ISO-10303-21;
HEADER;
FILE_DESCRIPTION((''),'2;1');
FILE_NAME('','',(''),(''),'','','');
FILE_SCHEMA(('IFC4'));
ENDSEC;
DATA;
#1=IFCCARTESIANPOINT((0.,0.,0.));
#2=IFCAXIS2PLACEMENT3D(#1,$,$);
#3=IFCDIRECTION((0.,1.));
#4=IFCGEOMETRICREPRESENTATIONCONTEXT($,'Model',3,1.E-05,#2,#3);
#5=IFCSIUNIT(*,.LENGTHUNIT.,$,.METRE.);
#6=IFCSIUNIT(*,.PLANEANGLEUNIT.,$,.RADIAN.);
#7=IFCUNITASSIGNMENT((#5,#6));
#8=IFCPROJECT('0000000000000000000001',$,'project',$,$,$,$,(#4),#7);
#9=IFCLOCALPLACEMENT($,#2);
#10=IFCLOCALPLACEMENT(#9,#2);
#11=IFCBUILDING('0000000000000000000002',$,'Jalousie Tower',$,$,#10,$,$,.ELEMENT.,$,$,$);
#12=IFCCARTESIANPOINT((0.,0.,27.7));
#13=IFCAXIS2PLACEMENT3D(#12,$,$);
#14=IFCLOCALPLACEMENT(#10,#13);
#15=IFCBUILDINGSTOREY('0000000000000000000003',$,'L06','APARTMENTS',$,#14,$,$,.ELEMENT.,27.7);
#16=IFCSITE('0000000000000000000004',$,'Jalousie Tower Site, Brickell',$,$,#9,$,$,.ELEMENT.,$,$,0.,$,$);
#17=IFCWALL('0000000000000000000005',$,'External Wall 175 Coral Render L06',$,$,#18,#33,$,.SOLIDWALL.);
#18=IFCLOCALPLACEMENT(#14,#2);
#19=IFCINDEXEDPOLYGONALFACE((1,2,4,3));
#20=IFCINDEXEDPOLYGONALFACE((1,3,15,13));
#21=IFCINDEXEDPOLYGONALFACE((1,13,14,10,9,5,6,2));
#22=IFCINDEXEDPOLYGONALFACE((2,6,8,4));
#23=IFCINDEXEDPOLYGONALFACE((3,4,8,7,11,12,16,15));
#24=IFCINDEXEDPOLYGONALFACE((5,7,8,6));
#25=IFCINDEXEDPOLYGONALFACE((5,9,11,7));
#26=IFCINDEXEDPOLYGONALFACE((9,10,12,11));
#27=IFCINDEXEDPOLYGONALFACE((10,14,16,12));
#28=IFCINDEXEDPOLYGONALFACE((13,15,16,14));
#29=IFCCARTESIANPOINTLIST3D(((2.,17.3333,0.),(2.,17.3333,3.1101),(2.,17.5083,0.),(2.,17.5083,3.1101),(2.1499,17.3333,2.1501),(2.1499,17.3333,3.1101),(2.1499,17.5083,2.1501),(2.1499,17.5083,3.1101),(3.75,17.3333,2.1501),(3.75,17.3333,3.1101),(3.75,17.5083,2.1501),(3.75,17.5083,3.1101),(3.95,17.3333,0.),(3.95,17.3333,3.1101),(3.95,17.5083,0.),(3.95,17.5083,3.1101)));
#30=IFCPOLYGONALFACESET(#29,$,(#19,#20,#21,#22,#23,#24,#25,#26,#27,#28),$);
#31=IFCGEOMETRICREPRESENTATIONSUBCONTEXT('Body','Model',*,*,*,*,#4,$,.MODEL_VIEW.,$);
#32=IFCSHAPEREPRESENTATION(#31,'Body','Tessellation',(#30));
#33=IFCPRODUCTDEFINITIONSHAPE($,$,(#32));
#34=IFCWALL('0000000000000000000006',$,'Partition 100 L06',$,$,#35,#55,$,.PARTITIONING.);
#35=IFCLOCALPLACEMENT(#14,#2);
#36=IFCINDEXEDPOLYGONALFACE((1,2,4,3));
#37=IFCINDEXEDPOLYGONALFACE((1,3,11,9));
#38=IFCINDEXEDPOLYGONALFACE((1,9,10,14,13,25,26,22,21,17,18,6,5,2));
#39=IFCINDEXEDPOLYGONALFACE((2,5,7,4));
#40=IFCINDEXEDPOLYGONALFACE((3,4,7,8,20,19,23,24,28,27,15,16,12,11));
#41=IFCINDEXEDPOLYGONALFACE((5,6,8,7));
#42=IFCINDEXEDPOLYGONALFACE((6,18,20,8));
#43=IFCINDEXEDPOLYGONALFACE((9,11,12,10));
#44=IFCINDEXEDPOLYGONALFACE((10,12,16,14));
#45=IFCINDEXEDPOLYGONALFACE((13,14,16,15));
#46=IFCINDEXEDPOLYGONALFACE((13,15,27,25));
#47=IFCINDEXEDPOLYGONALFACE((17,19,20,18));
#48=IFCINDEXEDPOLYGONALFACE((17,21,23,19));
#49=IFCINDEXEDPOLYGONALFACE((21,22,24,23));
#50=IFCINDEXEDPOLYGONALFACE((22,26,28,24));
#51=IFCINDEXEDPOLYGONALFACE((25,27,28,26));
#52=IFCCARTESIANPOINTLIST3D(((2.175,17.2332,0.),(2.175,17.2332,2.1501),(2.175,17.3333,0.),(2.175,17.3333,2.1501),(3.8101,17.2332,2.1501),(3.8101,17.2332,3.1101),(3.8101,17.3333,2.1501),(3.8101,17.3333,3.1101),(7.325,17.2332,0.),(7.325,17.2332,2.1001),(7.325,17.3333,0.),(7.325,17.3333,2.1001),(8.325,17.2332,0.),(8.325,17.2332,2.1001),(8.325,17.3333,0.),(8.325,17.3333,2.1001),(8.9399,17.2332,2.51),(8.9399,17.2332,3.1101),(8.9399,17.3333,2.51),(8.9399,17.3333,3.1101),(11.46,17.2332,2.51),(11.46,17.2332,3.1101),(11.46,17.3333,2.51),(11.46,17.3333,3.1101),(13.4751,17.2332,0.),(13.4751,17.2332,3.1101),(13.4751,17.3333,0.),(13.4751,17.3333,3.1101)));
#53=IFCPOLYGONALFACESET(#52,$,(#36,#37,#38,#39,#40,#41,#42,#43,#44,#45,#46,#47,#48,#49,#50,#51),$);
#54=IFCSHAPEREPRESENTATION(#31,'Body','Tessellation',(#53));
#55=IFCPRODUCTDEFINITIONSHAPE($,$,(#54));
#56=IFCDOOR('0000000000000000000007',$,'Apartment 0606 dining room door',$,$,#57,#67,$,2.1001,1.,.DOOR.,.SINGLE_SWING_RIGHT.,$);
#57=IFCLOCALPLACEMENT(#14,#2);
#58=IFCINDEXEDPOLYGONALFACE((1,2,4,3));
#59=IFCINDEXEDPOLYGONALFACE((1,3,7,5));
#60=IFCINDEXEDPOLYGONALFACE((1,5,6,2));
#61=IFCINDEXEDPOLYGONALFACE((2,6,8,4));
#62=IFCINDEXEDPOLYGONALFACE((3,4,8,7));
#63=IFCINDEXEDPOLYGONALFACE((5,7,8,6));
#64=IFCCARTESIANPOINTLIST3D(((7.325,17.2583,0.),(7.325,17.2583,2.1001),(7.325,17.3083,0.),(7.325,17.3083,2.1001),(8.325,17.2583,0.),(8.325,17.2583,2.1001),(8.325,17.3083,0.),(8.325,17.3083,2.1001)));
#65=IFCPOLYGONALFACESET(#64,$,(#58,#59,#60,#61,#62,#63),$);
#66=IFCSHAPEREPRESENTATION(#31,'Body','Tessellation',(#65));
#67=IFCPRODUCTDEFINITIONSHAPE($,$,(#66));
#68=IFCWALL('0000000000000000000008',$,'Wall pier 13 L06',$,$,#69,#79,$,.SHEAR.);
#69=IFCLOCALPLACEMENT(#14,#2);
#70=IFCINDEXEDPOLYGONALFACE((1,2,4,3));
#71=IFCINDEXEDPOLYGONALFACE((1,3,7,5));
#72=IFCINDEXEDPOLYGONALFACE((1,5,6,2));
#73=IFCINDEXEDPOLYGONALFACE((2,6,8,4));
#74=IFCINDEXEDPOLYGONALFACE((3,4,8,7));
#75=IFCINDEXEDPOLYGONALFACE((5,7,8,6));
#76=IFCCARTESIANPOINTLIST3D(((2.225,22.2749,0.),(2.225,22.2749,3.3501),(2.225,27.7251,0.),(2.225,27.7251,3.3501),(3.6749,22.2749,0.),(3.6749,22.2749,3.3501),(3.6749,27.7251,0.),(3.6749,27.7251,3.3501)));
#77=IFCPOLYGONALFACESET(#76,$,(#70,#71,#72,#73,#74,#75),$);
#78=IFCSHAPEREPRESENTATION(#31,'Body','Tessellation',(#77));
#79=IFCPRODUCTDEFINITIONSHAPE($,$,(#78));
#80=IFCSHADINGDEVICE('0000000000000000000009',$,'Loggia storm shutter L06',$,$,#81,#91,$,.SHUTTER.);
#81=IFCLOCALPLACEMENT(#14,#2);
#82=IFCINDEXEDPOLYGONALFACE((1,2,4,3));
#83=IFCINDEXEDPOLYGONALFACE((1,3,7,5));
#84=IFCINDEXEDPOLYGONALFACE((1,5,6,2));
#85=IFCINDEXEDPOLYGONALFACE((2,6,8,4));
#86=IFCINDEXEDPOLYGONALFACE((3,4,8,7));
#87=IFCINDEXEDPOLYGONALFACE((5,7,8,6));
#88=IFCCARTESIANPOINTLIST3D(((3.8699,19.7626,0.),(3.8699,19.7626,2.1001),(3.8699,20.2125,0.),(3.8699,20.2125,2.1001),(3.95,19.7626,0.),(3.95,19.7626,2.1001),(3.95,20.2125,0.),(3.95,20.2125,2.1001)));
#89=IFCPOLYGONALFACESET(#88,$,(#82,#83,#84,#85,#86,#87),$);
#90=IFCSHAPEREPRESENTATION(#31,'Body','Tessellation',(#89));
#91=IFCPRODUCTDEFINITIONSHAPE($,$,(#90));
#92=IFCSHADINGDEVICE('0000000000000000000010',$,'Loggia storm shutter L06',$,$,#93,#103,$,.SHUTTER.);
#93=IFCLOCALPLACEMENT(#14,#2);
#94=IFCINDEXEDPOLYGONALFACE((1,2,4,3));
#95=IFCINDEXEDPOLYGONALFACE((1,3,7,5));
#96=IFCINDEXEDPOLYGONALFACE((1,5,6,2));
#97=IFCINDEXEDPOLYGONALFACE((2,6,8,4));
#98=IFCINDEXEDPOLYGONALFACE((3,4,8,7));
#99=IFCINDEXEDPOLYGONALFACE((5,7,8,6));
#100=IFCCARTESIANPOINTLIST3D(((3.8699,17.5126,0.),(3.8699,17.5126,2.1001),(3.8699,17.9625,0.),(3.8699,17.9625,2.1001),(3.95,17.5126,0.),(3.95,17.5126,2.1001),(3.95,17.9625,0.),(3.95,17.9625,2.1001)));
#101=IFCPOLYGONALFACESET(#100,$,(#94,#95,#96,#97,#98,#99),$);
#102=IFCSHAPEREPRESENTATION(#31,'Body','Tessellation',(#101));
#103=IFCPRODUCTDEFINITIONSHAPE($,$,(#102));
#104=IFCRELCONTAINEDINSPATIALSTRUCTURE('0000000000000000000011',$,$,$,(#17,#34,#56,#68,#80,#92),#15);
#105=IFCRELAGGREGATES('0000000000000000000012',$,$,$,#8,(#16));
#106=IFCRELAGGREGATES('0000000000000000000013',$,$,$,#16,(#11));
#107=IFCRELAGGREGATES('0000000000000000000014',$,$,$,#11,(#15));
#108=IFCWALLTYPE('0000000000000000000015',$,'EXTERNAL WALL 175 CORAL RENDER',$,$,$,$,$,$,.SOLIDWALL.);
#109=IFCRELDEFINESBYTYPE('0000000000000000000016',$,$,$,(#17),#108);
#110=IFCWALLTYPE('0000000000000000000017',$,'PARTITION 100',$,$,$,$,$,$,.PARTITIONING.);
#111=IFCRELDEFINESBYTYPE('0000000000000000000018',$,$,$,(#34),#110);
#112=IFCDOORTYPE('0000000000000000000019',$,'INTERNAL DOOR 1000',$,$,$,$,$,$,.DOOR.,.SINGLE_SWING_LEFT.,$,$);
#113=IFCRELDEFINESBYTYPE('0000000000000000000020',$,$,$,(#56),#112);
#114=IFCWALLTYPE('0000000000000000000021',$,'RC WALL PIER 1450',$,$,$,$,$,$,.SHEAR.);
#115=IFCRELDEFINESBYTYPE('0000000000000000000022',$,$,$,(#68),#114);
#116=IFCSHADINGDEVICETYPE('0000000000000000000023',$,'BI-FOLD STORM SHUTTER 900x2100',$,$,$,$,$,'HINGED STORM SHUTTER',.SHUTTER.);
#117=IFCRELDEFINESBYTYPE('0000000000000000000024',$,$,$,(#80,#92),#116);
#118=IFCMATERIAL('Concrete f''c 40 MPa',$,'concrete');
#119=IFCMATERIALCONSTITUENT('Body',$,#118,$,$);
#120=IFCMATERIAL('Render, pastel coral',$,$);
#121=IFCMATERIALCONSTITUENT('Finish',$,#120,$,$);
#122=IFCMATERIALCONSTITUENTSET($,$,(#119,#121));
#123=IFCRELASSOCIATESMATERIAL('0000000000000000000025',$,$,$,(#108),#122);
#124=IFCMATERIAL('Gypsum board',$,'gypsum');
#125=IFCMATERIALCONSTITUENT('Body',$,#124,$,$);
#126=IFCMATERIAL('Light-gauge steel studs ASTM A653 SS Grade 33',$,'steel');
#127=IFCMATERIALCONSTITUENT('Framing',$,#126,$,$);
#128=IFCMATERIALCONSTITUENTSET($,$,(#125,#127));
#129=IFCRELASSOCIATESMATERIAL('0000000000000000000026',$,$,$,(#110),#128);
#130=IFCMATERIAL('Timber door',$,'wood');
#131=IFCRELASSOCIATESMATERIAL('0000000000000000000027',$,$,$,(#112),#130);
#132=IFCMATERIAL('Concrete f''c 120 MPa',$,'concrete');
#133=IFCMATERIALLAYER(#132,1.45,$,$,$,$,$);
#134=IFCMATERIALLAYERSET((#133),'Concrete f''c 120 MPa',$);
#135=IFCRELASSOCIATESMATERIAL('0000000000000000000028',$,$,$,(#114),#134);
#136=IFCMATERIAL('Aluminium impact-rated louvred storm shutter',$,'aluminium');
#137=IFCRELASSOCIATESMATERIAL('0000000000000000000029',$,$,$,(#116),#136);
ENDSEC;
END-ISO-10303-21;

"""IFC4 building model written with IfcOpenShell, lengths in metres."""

from ifc_helpers import new_model, si_unit, direction, frame, frame_2d, origin, origin_2d, place, context, subcontext, project, spatial, polyline, rectangle, outline, extrude, material, layer, layer_set, constituent, constituent_set, type_object, element, fill, save


model = new_model("IFC4")

# Units and contexts
model_context = context("Model", 3, precision=1e-05, world=origin(), true_north=direction((0.0, 1.0)))
body_context = subcontext(model_context, "Body", "Model", "MODEL_VIEW")
ifc_project = project(units=[si_unit("LENGTHUNIT", "METRE"), si_unit("PLANEANGLEUNIT", "RADIAN")], contexts=[model_context])

# Site, building, storey
site_placement = place(None, origin())
site = spatial("IfcSite", under=ifc_project, at=site_placement, Name="Jalousie Tower Site, Brickell", CompositionType="ELEMENT", RefElevation=0.0)
building_placement = place(site_placement, origin())
building = spatial("IfcBuilding", under=site, at=building_placement, Name="Jalousie Tower", CompositionType="ELEMENT")
storey_placement = place(building_placement, frame((0.0, 0.0, 27.7)))
storey = spatial("IfcBuildingStorey", under=building, at=storey_placement, Name="L06", Description="APARTMENTS", CompositionType="ELEMENT", Elevation=27.7)

# Shared definitions
ifc_material_1 = material(Name="Concrete f'c 40 MPa", Category="concrete")
ifc_constituent_1 = constituent(ifc_material_1, Name="Body")
ifc_material_2 = material(Name="Render, pastel coral")
ifc_constituent_2 = constituent(ifc_material_2, Name="Finish")
ifc_constituent_set_1 = constituent_set(constituents=[ifc_constituent_1, ifc_constituent_2])
wall_type_1 = type_object("IfcWallType", Name="EXTERNAL WALL 175 CORAL RENDER", PredefinedType="SOLIDWALL", material=ifc_constituent_set_1)

# Wall
for number, where, z_axis, x_axis, name in (
    (1, (2.0, 17.4209, 0.0), (0.0, 0.0, 1.0), (1.0, 0.0, 0.0), "External Wall 175 Coral Render L06"),
):
    element("IfcWall", number, at=place(storey_placement, frame(where, z_axis=z_axis, x_axis=x_axis)), inside=storey, type_object=wall_type_1, Name=name, PredefinedType="SOLIDWALL", context=body_context, shape_type="SweptSolid", body=[
        extrude(outline(polyline([(0.0, 0.0), (1.95, 0.0), (1.95, 3.1101), (1.75, 3.1101), (1.75, 2.1501), (0.1499, 2.1501), (0.1499, 3.1101), (0.0, 3.1101), (0.0, 0.0)])), frame((0.0, 0.0874, 0.0), z_axis=(0.0, -1.0, 0.0), x_axis=(1.0, 0.0, 0.0)), (0.0, 0.0, 1.0), 0.175),
    ])

# Wall, opening, door
ifc_material_3 = material(Name="Gypsum board", Category="gypsum")
ifc_constituent_3 = constituent(ifc_material_3, Name="Body")
ifc_material_4 = material(Name="Light-gauge steel studs ASTM A653 SS Grade 33", Category="steel")
ifc_constituent_4 = constituent(ifc_material_4, Name="Framing")
ifc_constituent_set_2 = constituent_set(constituents=[ifc_constituent_3, ifc_constituent_4])
wall_type_2 = type_object("IfcWallType", Name="PARTITION 100", PredefinedType="PARTITIONING", material=ifc_constituent_set_2)
wall_1_placement = place(storey_placement, frame((2.175, 17.2832, 0.0), z_axis=(0.0, 0.0, 1.0), x_axis=(1.0, 0.0, 0.0)))
wall_1 = element("IfcWall", 2, at=wall_1_placement, inside=storey, type_object=wall_type_2, Name="Partition 100 L06", PredefinedType="PARTITIONING", context=body_context, shape_type="SweptSolid", body=[
    extrude(outline(polyline([(0.0, 0.0), (11.3, 0.0), (11.3, 3.1101), (9.2849, 3.1101), (9.2849, 2.51), (6.7649, 2.51), (6.7649, 3.1101), (1.635, 3.1101), (1.635, 2.1501), (0.0, 2.1501), (0.0, 3.1101), (0.0, 0.0)])), frame((0.0, 0.05, 0.0), z_axis=(0.0, -1.0, 0.0), x_axis=(1.0, 0.0, 0.0)), (0.0, 0.0, 1.0), 0.1001),
])
opening_1_placement = place(wall_1_placement, frame((5.1499, 0.0, 0.0)))
opening_1 = element("IfcOpeningElement", 3, at=opening_1_placement, cuts=wall_1, PredefinedType="OPENING", context=body_context, shape_type="SweptSolid", body=[
    extrude(rectangle(XDim=1.0, YDim=2.1001, at=frame_2d((0.5, 1.05))), frame((0.0, 0.0601, 0.0), z_axis=(0.0, -1.0, 0.0), x_axis=(1.0, 0.0, 0.0)), (0.0, 0.0, 1.0), 0.1201),
])
ifc_material_5 = material(Name="Timber door", Category="wood")
door_type_1 = type_object("IfcDoorType", Name="INTERNAL DOOR 1000", OperationType="SINGLE_SWING_LEFT", PredefinedType="DOOR", material=ifc_material_5)
door_1_placement = place(opening_1_placement, frame((1.0, 0.0, 0.0), z_axis=(0.0, 0.0, 1.0), x_axis=(-1.0, 0.0, 0.0)))
door_1 = element("IfcDoor", 4, at=door_1_placement, inside=storey, type_object=door_type_1, Name="Apartment 0606 dining room door", OperationType="SINGLE_SWING_RIGHT", OverallHeight=2.1001, OverallWidth=1.0, PredefinedType="DOOR", context=body_context, shape_type="SweptSolid", body=[
    extrude(rectangle(XDim=1.0, YDim=2.1001, at=frame_2d((0.5, 1.05))), frame((0.0, 0.0249, 0.0), z_axis=(0.0, -1.0, 0.0), x_axis=(1.0, 0.0, 0.0)), (0.0, 0.0, 1.0), 0.05),
])
fill(opening_1, door_1)

# Wall
ifc_material_6 = material(Name="Concrete f'c 120 MPa", Category="concrete")
ifc_layer_1 = layer(ifc_material_6, 1.45)
ifc_layer_set_1 = layer_set([ifc_layer_1], Name="Concrete f'c 120 MPa")
wall_type_3 = type_object("IfcWallType", Name="RC WALL PIER 1450", PredefinedType="SHEAR", material=ifc_layer_set_1)
wall_2_placement = place(storey_placement, frame((2.95, 22.2749, 0.0), z_axis=(0.0, 0.0, 1.0), x_axis=(0.0, 1.0, 0.0)))
element("IfcWall", 5, at=wall_2_placement, inside=storey, type_object=wall_type_3, Name="Wall pier 13 L06", PredefinedType="SHEAR", context=body_context, shape_type="SweptSolid", body=[
    extrude(rectangle(XDim=5.4502, YDim=1.45, at=frame_2d((2.7251, 0.0))), origin(), (0.0, 0.0, 1.0), 3.3501),
])

# Shading devices
ifc_material_7 = material(Name="Aluminium impact-rated louvred storm shutter", Category="aluminium")
shading_device_type_1 = type_object("IfcShadingDeviceType", Name="BI-FOLD STORM SHUTTER 900x2100", ElementType="HINGED STORM SHUTTER", PredefinedType="SHUTTER", material=ifc_material_7)
for number, where, z_axis, x_axis, name in (
    (6, (3.9099, 19.9875, 0.0), (0.0, 0.0, 1.0), (0.0, -1.0, 0.0), "Loggia storm shutter L06"),
    (7, (3.9099, 17.7375, 0.0), (0.0, 0.0, 1.0), (0.0, -1.0, 0.0), "Loggia storm shutter L06"),
):
    element("IfcShadingDevice", number, at=place(storey_placement, frame(where, z_axis=z_axis, x_axis=x_axis)), inside=storey, type_object=shading_device_type_1, Name=name, PredefinedType="SHUTTER", context=body_context, shape_type="SweptSolid", body=[
        extrude(rectangle(XDim=0.45, YDim=0.0801, at=origin_2d()), origin(), (0.0, 0.0, 1.0), 2.1001),
    ])

save(model, "model.ifc")
